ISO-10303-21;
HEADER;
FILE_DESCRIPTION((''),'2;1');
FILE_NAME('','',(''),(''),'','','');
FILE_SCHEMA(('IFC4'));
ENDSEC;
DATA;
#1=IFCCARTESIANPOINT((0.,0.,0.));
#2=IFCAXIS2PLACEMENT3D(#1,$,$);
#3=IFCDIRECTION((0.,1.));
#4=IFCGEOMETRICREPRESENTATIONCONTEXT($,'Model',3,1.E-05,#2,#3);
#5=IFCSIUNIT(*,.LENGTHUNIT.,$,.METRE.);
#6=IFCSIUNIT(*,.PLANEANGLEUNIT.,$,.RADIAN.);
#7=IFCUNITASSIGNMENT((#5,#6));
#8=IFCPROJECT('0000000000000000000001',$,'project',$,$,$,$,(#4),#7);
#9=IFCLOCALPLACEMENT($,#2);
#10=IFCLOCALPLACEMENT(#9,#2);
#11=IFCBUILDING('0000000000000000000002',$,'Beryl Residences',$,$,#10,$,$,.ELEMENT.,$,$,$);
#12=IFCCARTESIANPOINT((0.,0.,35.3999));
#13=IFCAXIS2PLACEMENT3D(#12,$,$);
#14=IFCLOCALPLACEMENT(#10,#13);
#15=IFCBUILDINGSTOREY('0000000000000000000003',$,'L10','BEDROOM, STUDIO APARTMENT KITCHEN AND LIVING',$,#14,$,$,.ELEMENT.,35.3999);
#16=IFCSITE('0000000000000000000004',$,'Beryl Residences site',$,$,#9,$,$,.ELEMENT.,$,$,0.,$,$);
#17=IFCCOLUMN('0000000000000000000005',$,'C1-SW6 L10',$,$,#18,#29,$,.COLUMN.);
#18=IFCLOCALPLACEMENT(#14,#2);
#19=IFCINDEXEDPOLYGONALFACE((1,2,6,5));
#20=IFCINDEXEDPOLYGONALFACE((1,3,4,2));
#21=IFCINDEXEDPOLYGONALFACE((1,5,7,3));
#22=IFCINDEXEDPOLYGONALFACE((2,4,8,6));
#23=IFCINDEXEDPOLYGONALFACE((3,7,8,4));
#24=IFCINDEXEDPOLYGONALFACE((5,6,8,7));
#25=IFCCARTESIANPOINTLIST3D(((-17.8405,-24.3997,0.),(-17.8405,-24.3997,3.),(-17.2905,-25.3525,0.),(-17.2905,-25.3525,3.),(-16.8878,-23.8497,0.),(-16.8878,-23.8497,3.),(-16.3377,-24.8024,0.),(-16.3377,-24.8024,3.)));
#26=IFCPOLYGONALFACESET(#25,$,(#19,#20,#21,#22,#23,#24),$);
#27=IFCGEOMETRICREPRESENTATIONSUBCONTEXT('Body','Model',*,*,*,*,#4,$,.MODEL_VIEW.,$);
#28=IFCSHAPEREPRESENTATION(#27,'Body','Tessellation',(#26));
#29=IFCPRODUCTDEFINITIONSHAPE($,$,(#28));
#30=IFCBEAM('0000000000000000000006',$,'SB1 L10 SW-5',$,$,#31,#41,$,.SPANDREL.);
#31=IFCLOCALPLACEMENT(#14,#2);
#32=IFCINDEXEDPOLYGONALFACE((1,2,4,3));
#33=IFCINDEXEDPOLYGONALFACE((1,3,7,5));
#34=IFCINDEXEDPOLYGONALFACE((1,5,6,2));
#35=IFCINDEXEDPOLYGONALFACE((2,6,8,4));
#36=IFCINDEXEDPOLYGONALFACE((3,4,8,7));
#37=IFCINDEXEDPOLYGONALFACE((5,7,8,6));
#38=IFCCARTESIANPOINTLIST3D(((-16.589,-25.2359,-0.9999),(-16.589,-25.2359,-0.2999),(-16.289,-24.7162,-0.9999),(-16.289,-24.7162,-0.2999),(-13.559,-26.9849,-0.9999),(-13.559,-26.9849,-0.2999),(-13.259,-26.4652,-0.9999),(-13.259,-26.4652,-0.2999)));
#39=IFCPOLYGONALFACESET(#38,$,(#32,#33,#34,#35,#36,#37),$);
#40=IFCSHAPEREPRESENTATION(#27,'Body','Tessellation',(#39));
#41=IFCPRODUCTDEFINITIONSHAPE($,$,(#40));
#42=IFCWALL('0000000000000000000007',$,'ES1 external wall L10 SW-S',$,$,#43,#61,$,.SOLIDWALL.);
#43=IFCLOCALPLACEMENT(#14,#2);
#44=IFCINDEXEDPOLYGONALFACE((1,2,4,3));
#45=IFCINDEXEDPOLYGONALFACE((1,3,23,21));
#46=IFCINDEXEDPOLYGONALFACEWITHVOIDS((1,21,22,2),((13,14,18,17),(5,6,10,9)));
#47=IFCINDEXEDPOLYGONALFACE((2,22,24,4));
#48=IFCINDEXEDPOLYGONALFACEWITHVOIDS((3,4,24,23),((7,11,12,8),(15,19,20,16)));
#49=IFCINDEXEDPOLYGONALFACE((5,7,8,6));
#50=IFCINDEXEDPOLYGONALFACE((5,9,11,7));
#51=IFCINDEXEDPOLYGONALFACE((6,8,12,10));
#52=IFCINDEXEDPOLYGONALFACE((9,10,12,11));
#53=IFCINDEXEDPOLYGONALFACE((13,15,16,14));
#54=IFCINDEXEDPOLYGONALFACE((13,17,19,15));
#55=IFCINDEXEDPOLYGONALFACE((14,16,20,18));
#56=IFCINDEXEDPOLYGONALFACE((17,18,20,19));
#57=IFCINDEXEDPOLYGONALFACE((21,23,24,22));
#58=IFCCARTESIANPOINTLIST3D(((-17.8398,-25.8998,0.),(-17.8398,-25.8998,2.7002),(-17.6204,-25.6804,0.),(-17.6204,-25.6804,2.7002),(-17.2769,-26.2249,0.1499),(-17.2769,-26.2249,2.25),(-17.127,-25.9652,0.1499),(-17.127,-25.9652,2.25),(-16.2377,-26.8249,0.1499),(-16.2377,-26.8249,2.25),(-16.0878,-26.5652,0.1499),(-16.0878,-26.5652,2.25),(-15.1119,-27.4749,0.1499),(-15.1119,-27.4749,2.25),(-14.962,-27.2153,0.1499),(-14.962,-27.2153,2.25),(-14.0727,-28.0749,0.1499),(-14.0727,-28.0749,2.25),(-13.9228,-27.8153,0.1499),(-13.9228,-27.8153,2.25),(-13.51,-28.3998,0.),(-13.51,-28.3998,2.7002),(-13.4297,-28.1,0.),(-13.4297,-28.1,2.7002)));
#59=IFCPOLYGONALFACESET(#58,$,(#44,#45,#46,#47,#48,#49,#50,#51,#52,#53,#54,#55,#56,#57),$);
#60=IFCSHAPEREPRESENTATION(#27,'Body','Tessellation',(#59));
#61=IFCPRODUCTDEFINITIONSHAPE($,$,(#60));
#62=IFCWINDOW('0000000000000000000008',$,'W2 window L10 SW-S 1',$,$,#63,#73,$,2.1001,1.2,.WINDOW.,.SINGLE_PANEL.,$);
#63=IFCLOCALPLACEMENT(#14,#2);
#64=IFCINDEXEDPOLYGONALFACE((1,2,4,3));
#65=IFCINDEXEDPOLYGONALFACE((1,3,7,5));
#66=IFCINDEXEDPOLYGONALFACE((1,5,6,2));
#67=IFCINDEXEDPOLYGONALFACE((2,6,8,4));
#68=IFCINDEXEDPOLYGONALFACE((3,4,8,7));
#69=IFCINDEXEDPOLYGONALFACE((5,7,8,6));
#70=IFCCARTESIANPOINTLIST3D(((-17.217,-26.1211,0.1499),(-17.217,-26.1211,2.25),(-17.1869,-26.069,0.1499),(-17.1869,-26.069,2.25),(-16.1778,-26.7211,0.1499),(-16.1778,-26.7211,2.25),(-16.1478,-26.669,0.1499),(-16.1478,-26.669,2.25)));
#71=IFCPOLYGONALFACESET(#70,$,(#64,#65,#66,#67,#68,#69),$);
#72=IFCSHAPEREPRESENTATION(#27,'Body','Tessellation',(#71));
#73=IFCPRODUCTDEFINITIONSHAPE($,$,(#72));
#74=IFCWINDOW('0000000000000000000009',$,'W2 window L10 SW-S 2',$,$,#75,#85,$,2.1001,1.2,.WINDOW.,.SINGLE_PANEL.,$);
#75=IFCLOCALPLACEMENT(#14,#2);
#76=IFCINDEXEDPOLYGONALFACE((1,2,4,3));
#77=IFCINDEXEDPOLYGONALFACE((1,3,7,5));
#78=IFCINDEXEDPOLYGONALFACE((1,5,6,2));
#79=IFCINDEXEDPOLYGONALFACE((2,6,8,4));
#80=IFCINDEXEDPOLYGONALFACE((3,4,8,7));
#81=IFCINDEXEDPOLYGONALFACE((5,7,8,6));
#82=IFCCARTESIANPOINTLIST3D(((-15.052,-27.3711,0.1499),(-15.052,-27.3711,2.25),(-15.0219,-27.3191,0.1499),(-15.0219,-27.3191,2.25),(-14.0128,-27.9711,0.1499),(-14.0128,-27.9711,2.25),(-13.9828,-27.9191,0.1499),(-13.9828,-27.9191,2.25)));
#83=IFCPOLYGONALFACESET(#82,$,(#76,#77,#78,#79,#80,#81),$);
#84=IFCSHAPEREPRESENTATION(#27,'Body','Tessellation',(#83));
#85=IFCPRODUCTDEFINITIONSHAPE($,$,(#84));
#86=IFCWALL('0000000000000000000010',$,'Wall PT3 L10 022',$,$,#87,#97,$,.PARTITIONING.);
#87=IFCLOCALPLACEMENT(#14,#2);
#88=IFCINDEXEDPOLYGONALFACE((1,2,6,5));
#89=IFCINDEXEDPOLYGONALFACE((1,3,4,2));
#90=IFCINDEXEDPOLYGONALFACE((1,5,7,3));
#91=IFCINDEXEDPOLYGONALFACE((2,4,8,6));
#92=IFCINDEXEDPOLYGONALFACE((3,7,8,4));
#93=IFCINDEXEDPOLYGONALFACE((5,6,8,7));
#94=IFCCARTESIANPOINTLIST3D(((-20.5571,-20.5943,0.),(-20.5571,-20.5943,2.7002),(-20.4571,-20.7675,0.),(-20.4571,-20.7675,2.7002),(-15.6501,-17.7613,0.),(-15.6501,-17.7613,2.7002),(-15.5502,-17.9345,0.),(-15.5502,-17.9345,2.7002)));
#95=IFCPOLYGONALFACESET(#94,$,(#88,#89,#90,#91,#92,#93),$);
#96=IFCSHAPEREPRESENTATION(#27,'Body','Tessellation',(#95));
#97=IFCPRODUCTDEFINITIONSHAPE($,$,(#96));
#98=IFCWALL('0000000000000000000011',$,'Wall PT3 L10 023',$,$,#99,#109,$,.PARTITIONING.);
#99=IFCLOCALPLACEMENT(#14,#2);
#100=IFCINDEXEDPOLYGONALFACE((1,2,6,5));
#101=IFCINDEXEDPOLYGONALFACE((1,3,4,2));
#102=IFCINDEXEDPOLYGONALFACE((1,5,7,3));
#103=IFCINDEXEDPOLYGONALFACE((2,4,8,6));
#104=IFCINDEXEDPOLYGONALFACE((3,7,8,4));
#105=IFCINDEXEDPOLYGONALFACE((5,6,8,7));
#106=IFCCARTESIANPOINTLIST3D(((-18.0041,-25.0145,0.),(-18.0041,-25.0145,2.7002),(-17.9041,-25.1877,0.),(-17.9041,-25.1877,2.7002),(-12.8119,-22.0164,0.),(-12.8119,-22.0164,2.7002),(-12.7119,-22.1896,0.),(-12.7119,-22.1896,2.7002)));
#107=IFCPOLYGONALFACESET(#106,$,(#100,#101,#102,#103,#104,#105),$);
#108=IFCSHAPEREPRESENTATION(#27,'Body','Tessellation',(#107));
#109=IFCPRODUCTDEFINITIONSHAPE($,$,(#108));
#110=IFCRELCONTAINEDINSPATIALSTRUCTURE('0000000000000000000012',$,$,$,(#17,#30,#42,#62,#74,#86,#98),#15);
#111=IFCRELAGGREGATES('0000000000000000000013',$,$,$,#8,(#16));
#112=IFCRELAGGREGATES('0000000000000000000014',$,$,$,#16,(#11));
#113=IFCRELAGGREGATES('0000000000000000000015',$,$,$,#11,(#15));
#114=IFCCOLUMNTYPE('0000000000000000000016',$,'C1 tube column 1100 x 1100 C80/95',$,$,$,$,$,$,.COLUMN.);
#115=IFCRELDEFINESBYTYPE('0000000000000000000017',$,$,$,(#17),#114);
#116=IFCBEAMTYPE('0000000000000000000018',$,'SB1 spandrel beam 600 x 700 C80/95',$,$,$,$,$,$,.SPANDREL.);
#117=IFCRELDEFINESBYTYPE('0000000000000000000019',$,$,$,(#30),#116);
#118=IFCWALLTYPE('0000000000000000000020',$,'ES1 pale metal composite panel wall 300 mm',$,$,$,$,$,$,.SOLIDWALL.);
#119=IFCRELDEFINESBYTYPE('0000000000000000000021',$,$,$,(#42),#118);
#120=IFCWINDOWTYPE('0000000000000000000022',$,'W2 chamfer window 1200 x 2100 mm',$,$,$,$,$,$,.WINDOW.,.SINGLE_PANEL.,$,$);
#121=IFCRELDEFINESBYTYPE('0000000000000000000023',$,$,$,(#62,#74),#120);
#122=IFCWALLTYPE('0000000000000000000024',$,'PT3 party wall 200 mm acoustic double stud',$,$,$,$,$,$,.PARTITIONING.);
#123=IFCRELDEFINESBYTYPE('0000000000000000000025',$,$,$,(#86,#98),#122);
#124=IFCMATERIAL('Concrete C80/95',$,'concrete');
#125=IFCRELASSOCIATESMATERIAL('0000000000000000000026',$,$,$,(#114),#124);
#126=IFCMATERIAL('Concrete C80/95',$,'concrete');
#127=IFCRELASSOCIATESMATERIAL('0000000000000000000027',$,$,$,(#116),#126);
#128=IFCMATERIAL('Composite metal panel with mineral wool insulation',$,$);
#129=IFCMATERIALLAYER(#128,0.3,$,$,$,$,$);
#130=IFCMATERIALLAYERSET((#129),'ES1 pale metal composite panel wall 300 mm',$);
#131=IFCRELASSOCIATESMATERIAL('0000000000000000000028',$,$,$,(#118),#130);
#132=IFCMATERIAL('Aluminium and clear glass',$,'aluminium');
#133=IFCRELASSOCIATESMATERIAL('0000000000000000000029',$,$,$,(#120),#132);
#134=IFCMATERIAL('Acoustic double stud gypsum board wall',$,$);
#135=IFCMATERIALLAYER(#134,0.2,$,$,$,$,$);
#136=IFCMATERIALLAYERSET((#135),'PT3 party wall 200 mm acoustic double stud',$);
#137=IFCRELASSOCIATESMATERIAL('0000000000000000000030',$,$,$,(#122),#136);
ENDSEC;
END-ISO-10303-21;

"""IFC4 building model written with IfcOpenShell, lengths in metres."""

from ifc_helpers import new_model, si_unit, direction, frame, frame_2d, origin, origin_2d, place, context, subcontext, project, spatial, polyline, rectangle, outline, extrude, material, layer, layer_set, material_profile, profile_set, type_object, element, fill, save


model = new_model("IFC4")

# Units and contexts
model_context = context("Model", 3, precision=1e-05, world=origin(), true_north=direction((0.0, 1.0)))
body_context = subcontext(model_context, "Body", "Model", "MODEL_VIEW")
ifc_project = project(units=[si_unit("LENGTHUNIT", "METRE"), si_unit("PLANEANGLEUNIT", "RADIAN")], contexts=[model_context])

# Site, building, storey
site_placement = place(None, origin())
site = spatial("IfcSite", under=ifc_project, at=site_placement, Name="Beryl Residences site", CompositionType="ELEMENT", RefElevation=0.0)
building_placement = place(site_placement, origin())
building = spatial("IfcBuilding", under=site, at=building_placement, Name="Beryl Residences", CompositionType="ELEMENT")
storey_placement = place(building_placement, frame((0.0, 0.0, 35.3999)))
storey = spatial("IfcBuildingStorey", under=building, at=storey_placement, Name="L10", Description="BEDROOM, STUDIO APARTMENT KITCHEN AND LIVING", CompositionType="ELEMENT", Elevation=35.3999)

# Column
ifc_material_1 = material(Name="Concrete C80/95", Category="concrete")
ifc_material_profile_1 = material_profile(ifc_material_1, rectangle(XDim=1.1001, YDim=1.1001, at=origin_2d()))
ifc_profile_set_1 = profile_set([ifc_material_profile_1], Name="Concrete C80/95")
column_type = type_object("IfcColumnType", Name="C1 tube column 1100 x 1100 C80/95", PredefinedType="COLUMN", material=ifc_profile_set_1)
column_placement = place(storey_placement, frame((-17.0891, -24.6011, 0.0), z_axis=(0.0, 0.0, 1.0), x_axis=(0.499985, -0.866034, 0.0)))
element("IfcColumn", 1, at=column_placement, inside=storey, type_object=column_type, Name="C1-SW6 L10", PredefinedType="COLUMN", context=body_context, shape_type="SweptSolid", body=[
    extrude(rectangle(XDim=1.1001, YDim=1.1001, at=origin_2d()), origin(), (0.0, 0.0, 1.0), 3.0),
])

# Beam
ifc_material_2 = material(Name="Concrete C80/95", Category="concrete")
ifc_material_profile_2 = material_profile(ifc_material_2, rectangle(XDim=0.6001, YDim=0.7, at=origin_2d()))
ifc_profile_set_2 = profile_set([ifc_material_profile_2], Name="Concrete C80/95")
beam_type = type_object("IfcBeamType", Name="SB1 spandrel beam 600 x 700 C80/95", PredefinedType="SPANDREL", material=ifc_profile_set_2)
beam_placement = place(storey_placement, frame((-16.439, -24.9761, -0.6499), z_axis=(0.866071, -0.499922, 0.0), x_axis=(0.499922, 0.866071, 0.0)))
element("IfcBeam", 2, at=beam_placement, inside=storey, type_object=beam_type, Name="SB1 L10 SW-5", PredefinedType="SPANDREL", context=body_context, shape_type="SweptSolid", body=[
    extrude(rectangle(XDim=0.6001, YDim=0.7, at=origin_2d()), origin(), (0.0, 0.0, 1.0), 3.4985),
])

# Wall, openings, windows
ifc_material_3 = material(Name="Composite metal panel with mineral wool insulation")
ifc_layer_1 = layer(ifc_material_3, 0.3)
ifc_layer_set_1 = layer_set([ifc_layer_1], Name="ES1 pale metal composite panel wall 300 mm")
wall_type_1 = type_object("IfcWallType", Name="ES1 pale metal composite panel wall 300 mm", PredefinedType="SOLIDWALL", material=ifc_layer_set_1)
wall_1_placement = place(storey_placement, frame((-17.7649, -25.77, 0.0), z_axis=(0.0, 0.0, 1.0), x_axis=(0.866011, -0.500025, 0.0)))
wall_1 = element("IfcWall", 3, at=wall_1_placement, inside=storey, type_object=wall_type_1, Name="ES1 external wall L10 SW-S", PredefinedType="SOLIDWALL", context=body_context, shape_type="SweptSolid", body=[
    extrude(outline(polyline([(0.0, -0.1499), (4.9998, -0.1499), (4.9194, 0.1499), (0.0803, 0.1499), (0.0, -0.1499)])), origin(), (0.0, 0.0, 1.0), 2.7002),
])
opening_1_placement = place(wall_1_placement, frame((0.6499, 0.0, 0.1499)))
opening_1 = element("IfcOpeningElement", 4, at=opening_1_placement, cuts=wall_1, PredefinedType="OPENING", context=body_context, shape_type="SweptSolid", body=[
    extrude(rectangle(XDim=1.2, YDim=2.1001, at=frame_2d((0.6001, 1.05))), frame((0.0, 0.1599, 0.0), z_axis=(0.0, -1.0, 0.0), x_axis=(1.0, 0.0, 0.0)), (0.0, 0.0, 1.0), 0.3201),
])
opening_2_placement = place(wall_1_placement, frame((3.1499, 0.0, 0.1499)))
opening_2 = element("IfcOpeningElement", 5, at=opening_2_placement, cuts=wall_1, PredefinedType="OPENING", context=body_context, shape_type="SweptSolid", body=[
    extrude(rectangle(XDim=1.2, YDim=2.1001, at=frame_2d((0.6001, 1.05))), frame((0.0, 0.1599, 0.0), z_axis=(0.0, -1.0, 0.0), x_axis=(1.0, 0.0, 0.0)), (0.0, 0.0, 1.0), 0.3201),
])
ifc_material_4 = material(Name="Aluminium and clear glass", Category="aluminium")
window_type = type_object("IfcWindowType", Name="W2 chamfer window 1200 x 2100 mm", PartitioningType="SINGLE_PANEL", PredefinedType="WINDOW", material=ifc_material_4)
window_1_placement = place(opening_1_placement, origin())
window_1 = element("IfcWindow", 6, at=window_1_placement, inside=storey, type_object=window_type, Name="W2 window L10 SW-S 1", OverallHeight=2.1001, OverallWidth=1.2, PartitioningType="SINGLE_PANEL", PredefinedType="WINDOW", context=body_context, shape_type="SweptSolid", body=[
    extrude(rectangle(XDim=1.2, YDim=2.1001, at=frame_2d((0.6001, 1.05))), frame((0.0, 0.03, 0.0), z_axis=(0.0, -1.0, 0.0), x_axis=(1.0, 0.0, 0.0)), (0.0, 0.0, 1.0), 0.0601),
])
fill(opening_1, window_1)
window_2_placement = place(opening_2_placement, origin())
window_2 = element("IfcWindow", 7, at=window_2_placement, inside=storey, type_object=window_type, Name="W2 window L10 SW-S 2", OverallHeight=2.1001, OverallWidth=1.2, PartitioningType="SINGLE_PANEL", PredefinedType="WINDOW", context=body_context, shape_type="SweptSolid", body=[
    extrude(rectangle(XDim=1.2, YDim=2.1001, at=frame_2d((0.6001, 1.05))), frame((0.0, 0.03, 0.0), z_axis=(0.0, -1.0, 0.0), x_axis=(1.0, 0.0, 0.0)), (0.0, 0.0, 1.0), 0.0601),
])
fill(opening_2, window_2)

# Walls
ifc_material_5 = material(Name="Acoustic double stud gypsum board wall")
ifc_layer_2 = layer(ifc_material_5, 0.2)
ifc_layer_set_2 = layer_set([ifc_layer_2], Name="PT3 party wall 200 mm acoustic double stud")
wall_type_2 = type_object("IfcWallType", Name="PT3 party wall 200 mm acoustic double stud", PredefinedType="PARTITIONING", material=ifc_layer_set_2)
wall_2_placement = place(storey_placement, frame((-20.5071, -20.6809, 0.0), z_axis=(0.0, 0.0, 1.0), x_axis=(0.866028, 0.499995, 0.0)))
element("IfcWall", 8, at=wall_2_placement, inside=storey, type_object=wall_type_2, Name="Wall PT3 L10 022", PredefinedType="PARTITIONING", context=body_context, shape_type="SweptSolid", body=[
    extrude(rectangle(XDim=5.666, YDim=0.2, at=frame_2d((2.833, 0.0))), origin(), (0.0, 0.0, 1.0), 2.7002),
])
wall_3_placement = place(storey_placement, frame((-17.9541, -25.1011, 0.0), z_axis=(0.0, 0.0, 1.0), x_axis=(0.865999, 0.500046, 0.0)))
element("IfcWall", 9, at=wall_3_placement, inside=storey, type_object=wall_type_2, Name="Wall PT3 L10 023", PredefinedType="PARTITIONING", context=body_context, shape_type="SweptSolid", body=[
    extrude(rectangle(XDim=5.9956, YDim=0.2, at=frame_2d((2.9978, 0.0))), origin(), (0.0, 0.0, 1.0), 2.7002),
])

save(model, "model.ifc")
